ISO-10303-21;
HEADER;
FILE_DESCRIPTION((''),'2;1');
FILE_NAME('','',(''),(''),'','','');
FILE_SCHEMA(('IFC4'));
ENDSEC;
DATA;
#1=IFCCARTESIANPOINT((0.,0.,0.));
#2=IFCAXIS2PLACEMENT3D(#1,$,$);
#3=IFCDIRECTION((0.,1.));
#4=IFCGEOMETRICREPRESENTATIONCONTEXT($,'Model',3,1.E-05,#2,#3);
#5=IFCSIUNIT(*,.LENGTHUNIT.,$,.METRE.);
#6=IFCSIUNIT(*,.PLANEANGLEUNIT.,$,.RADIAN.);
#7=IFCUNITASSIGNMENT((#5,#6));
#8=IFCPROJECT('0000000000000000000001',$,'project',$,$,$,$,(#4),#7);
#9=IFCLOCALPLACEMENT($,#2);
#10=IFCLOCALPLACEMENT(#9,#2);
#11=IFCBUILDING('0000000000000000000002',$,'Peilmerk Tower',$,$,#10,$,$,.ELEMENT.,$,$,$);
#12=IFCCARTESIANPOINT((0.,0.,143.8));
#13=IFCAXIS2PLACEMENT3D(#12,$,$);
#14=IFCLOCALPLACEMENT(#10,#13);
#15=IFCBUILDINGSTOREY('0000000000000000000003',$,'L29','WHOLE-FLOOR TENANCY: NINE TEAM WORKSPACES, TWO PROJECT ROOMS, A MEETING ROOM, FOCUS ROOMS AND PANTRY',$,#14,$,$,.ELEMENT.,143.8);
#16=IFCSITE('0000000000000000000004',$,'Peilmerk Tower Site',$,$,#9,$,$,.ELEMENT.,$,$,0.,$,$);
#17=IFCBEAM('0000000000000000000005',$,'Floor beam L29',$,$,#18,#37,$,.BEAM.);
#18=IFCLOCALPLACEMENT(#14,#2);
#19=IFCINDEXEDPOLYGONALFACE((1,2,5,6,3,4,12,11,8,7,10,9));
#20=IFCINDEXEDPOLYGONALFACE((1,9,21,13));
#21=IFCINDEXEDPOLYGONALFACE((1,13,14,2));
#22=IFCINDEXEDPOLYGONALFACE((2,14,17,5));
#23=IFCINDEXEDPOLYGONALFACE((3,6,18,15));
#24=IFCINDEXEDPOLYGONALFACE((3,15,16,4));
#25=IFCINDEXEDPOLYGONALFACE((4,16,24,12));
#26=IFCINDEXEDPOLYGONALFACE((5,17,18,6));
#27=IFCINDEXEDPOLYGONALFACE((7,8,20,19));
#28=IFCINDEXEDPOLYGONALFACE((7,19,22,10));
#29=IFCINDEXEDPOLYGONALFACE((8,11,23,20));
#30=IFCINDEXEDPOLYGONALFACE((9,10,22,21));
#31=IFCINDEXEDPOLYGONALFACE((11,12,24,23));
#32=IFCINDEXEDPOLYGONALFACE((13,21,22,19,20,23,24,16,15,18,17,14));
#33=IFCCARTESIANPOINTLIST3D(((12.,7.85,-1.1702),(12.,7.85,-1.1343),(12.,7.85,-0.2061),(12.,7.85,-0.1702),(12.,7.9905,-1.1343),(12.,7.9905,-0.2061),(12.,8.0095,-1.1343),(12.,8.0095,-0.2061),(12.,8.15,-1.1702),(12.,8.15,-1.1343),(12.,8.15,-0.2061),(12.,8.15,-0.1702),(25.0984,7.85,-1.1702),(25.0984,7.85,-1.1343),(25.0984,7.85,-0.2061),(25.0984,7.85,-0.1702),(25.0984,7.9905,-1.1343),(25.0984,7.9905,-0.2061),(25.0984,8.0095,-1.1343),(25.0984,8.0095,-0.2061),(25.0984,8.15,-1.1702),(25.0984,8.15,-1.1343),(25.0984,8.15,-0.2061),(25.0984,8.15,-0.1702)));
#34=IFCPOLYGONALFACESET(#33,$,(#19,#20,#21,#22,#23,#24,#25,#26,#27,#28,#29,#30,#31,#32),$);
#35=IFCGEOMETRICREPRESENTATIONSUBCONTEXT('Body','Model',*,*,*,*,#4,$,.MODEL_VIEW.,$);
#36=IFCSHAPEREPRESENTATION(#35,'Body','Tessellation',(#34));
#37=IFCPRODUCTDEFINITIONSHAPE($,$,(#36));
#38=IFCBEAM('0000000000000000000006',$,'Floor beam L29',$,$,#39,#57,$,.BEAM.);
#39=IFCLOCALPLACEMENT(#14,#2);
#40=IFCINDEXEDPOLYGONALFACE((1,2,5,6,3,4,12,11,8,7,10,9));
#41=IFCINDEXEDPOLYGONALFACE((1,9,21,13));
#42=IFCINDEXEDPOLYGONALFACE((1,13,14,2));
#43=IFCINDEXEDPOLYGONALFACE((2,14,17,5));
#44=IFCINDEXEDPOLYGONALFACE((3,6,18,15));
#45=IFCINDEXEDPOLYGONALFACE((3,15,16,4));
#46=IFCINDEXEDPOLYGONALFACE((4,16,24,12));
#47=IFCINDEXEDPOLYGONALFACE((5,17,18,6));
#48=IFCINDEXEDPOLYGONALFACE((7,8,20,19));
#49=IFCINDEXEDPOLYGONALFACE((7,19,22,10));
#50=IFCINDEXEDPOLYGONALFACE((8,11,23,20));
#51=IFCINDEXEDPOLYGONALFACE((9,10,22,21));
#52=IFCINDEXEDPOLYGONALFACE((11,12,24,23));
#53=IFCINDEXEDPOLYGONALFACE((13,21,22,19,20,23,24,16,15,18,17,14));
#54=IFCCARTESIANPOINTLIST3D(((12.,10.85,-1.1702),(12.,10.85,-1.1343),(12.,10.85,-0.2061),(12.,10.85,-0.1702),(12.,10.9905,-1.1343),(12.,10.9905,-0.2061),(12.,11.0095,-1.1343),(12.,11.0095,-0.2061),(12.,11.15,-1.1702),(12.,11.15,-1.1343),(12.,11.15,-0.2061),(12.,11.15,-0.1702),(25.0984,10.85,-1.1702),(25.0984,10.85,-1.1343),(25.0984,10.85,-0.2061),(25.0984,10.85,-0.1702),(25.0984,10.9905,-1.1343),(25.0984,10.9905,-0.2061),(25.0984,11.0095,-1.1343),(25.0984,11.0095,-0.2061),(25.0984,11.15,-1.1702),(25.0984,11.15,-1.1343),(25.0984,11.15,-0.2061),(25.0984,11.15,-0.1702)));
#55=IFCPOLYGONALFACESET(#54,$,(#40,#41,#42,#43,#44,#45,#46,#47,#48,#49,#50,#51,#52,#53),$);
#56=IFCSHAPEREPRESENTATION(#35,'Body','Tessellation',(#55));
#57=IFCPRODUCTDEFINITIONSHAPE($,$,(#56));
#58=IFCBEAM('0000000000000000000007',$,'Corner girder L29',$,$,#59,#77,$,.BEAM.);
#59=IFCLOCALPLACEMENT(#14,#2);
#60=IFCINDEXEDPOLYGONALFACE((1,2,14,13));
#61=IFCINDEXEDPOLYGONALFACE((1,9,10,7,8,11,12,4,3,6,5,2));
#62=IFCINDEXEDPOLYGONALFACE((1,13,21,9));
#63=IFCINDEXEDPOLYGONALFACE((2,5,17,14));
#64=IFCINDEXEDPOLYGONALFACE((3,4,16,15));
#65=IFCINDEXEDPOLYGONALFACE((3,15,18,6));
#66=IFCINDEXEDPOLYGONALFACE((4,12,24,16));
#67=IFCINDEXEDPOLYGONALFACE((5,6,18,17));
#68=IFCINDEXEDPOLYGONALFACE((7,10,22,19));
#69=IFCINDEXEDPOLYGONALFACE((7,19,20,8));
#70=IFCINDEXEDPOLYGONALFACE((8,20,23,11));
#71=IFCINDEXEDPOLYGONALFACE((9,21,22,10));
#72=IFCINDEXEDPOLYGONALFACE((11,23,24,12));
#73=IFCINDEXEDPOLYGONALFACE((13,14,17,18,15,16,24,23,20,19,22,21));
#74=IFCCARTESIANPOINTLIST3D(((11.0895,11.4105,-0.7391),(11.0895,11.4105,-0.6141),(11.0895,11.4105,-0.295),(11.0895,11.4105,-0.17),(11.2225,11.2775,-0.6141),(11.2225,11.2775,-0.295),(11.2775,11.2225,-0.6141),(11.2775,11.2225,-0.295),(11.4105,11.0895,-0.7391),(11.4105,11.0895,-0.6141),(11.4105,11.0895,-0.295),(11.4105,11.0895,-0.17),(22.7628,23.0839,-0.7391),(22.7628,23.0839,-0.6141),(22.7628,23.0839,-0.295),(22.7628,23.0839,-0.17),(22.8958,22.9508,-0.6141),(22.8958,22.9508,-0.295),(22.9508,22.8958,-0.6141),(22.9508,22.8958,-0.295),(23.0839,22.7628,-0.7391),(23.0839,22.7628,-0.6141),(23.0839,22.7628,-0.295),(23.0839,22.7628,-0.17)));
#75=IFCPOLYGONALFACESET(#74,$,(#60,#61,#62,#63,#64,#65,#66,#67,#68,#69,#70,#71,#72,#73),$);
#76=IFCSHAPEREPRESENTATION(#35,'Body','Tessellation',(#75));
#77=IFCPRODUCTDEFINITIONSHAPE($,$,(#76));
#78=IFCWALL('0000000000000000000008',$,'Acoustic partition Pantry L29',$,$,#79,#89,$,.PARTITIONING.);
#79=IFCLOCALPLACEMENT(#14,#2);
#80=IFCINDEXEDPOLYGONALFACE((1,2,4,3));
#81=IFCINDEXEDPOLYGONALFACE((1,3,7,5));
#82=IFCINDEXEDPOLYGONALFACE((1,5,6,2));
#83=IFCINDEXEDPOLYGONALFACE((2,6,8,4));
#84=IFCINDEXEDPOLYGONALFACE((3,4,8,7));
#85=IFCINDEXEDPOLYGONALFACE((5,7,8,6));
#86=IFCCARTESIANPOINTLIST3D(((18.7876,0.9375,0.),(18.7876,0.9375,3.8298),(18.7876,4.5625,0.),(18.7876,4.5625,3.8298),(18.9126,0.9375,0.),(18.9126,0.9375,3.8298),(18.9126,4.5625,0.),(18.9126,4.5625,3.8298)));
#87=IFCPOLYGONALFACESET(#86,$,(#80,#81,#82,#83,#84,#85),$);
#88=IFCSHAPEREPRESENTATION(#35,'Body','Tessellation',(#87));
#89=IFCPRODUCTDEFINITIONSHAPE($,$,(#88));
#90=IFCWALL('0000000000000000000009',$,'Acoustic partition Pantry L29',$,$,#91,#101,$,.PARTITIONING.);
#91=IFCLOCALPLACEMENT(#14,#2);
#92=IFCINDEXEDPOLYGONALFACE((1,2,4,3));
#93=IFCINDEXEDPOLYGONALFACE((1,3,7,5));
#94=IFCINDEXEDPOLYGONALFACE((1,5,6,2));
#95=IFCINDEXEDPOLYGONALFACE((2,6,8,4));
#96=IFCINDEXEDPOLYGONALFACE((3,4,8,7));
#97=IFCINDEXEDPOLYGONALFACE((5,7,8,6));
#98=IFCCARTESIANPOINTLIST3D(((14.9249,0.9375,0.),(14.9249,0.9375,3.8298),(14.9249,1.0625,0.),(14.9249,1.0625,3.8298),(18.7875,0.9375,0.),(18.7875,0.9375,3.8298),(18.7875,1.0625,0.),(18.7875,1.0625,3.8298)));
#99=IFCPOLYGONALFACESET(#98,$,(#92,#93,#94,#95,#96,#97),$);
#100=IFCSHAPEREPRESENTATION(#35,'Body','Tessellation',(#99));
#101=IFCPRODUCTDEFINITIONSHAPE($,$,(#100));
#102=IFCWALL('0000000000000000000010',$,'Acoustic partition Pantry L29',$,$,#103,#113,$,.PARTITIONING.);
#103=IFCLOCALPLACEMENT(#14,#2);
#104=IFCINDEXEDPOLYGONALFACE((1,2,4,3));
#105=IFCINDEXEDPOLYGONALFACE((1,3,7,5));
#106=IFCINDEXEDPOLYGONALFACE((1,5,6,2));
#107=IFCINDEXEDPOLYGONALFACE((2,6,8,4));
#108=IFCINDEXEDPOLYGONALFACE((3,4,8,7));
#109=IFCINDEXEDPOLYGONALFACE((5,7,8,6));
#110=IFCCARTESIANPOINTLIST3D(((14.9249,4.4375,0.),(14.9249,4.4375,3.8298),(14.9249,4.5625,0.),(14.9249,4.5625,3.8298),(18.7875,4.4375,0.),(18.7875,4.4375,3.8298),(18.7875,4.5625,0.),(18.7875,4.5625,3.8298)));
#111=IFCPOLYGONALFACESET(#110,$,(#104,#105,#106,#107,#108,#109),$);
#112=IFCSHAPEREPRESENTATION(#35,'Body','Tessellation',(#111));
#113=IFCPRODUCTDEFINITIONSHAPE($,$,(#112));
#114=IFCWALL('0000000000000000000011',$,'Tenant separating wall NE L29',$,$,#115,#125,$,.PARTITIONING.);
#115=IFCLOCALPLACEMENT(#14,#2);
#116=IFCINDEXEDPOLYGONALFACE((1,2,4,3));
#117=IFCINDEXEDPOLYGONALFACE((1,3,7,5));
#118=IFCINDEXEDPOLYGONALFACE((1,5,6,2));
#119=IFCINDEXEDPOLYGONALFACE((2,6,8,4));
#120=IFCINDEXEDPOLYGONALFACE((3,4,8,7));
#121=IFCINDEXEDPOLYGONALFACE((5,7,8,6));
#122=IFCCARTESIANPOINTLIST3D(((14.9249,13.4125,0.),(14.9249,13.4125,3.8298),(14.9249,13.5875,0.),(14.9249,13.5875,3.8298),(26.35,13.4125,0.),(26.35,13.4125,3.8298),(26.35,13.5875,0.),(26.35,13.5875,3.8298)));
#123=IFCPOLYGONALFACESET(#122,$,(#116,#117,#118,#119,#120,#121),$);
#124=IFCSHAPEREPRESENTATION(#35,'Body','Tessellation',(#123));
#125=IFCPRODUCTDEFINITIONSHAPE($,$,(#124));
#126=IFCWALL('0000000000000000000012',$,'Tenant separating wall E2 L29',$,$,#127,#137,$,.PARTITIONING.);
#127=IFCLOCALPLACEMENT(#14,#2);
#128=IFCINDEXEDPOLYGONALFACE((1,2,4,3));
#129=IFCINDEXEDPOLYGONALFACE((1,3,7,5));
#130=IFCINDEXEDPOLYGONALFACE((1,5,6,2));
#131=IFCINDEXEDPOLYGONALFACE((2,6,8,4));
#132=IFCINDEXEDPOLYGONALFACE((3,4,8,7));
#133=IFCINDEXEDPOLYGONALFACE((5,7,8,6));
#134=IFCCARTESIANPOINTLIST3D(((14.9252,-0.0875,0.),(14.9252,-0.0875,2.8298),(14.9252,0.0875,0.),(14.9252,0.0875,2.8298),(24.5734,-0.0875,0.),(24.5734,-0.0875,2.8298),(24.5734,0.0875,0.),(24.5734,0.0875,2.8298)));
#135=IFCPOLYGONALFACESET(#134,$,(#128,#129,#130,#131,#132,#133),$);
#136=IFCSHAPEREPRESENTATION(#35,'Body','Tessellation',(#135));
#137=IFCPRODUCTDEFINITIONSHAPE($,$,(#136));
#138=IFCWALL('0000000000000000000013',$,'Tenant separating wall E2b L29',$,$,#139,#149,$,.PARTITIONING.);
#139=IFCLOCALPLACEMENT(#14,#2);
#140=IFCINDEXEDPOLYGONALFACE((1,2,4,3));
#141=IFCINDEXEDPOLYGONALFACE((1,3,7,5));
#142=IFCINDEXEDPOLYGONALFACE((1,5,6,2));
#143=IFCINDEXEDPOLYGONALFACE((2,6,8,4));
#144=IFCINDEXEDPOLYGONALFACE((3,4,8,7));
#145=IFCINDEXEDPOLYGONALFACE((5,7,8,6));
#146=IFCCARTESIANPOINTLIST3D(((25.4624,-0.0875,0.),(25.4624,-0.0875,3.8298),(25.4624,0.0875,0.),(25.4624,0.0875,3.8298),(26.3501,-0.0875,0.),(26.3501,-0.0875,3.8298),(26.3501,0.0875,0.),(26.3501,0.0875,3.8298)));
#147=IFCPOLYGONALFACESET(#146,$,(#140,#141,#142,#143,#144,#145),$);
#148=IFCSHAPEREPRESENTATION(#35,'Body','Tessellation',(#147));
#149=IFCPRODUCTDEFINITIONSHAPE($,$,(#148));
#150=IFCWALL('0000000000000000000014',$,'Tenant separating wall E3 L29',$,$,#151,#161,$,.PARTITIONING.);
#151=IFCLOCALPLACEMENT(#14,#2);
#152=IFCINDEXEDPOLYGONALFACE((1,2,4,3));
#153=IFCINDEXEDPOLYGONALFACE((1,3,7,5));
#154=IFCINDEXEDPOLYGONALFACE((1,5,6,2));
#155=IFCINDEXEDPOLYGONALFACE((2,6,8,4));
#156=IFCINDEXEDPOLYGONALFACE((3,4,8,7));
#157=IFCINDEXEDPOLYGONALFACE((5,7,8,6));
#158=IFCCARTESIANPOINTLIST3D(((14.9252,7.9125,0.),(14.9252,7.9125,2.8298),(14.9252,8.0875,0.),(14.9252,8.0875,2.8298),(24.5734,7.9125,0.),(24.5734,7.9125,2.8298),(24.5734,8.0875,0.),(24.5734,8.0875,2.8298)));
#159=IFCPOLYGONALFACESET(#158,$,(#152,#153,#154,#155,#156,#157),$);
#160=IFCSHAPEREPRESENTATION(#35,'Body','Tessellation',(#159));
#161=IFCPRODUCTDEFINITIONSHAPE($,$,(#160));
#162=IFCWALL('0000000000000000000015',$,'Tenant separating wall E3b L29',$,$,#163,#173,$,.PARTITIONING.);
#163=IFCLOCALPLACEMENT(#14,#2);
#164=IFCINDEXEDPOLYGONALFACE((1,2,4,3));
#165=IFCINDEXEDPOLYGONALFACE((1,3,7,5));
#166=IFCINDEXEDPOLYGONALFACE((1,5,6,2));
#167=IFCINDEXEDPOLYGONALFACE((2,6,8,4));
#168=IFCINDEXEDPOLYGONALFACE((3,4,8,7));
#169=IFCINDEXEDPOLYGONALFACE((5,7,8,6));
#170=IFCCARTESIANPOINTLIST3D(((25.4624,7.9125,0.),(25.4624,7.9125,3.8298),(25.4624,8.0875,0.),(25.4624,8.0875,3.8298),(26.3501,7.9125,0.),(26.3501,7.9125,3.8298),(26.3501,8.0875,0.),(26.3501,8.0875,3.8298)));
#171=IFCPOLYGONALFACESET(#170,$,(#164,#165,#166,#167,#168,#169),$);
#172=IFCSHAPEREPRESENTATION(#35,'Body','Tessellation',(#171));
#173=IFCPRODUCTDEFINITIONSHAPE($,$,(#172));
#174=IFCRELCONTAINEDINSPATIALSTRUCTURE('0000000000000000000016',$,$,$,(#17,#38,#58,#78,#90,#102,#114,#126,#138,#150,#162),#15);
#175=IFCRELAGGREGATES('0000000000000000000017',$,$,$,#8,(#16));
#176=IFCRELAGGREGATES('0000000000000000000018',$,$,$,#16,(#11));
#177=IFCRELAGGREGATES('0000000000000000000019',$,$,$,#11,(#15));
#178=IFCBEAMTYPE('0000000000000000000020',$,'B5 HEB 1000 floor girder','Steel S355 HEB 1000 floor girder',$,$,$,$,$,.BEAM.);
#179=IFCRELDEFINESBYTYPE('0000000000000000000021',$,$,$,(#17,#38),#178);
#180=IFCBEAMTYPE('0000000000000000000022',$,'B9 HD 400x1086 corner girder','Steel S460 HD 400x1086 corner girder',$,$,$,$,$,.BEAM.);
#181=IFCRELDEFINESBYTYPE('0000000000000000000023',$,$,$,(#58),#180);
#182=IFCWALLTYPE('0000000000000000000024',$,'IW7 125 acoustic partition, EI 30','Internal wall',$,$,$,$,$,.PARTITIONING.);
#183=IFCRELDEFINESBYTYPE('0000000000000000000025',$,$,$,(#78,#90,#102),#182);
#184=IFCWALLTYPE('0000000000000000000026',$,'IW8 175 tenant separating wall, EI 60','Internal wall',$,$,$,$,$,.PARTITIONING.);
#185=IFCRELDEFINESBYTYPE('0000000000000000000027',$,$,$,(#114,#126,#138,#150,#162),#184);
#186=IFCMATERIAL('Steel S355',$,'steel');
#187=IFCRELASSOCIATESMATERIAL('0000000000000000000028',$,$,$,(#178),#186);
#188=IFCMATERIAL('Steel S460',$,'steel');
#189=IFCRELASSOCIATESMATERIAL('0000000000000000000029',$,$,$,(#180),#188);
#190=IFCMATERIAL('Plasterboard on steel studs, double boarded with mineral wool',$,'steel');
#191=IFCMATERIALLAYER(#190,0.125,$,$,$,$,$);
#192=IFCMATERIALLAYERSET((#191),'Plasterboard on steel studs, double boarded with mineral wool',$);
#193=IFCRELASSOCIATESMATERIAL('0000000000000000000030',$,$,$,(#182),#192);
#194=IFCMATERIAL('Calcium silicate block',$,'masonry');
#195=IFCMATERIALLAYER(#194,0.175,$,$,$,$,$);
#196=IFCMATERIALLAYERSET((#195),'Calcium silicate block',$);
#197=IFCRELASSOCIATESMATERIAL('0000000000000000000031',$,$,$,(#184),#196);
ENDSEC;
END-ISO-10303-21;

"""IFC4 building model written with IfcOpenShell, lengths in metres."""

from ifc_helpers import new_model, si_unit, direction, frame, frame_2d, origin, origin_2d, place, context, subcontext, project, spatial, rectangle, i_section, extrude, material, layer, layer_set, material_profile, profile_set, type_object, element, save


model = new_model("IFC4")

# Units and contexts
model_context = context("Model", 3, precision=1e-05, world=origin(), true_north=direction((0.0, 1.0)))
body_context = subcontext(model_context, "Body", "Model", "MODEL_VIEW")
ifc_project = project(units=[si_unit("LENGTHUNIT", "METRE"), si_unit("PLANEANGLEUNIT", "RADIAN")], contexts=[model_context])

# Site, building, storey
site_placement = place(None, origin())
site = spatial("IfcSite", under=ifc_project, at=site_placement, Name="Peilmerk Tower Site", CompositionType="ELEMENT", RefElevation=0.0)
building_placement = place(site_placement, origin())
building = spatial("IfcBuilding", under=site, at=building_placement, Name="Peilmerk Tower", CompositionType="ELEMENT")
storey_placement = place(building_placement, frame((0.0, 0.0, 143.8)))
storey = spatial("IfcBuildingStorey", under=building, at=storey_placement, Name="L29", Description="WHOLE-FLOOR TENANCY: NINE TEAM WORKSPACES, TWO PROJECT ROOMS, A MEETING ROOM, FOCUS ROOMS AND PANTRY", CompositionType="ELEMENT", Elevation=143.8)

# Shared definitions
ifc_material_1 = material(Name="Steel S460", Category="steel")

# Beams
ifc_material_2 = material(Name="Steel S355", Category="steel")
ifc_material_profile_1 = material_profile(ifc_material_2, i_section(OverallWidth=0.3, OverallDepth=1.0, WebThickness=0.019, FlangeThickness=0.0359, at=origin_2d()), Name="HEB 1000")
ifc_profile_set_1 = profile_set([ifc_material_profile_1], Name="Steel S355")
beam_type_1 = type_object("IfcBeamType", Name="B5 HEB 1000 floor girder", Description="Steel S355 HEB 1000 floor girder", PredefinedType="BEAM", material=ifc_profile_set_1)
for number, where, z_axis, x_axis, name in (
    (1, (12.0, 8.0, -0.6702), (1.0, 0.0, 0.0), (0.0, 1.0, 0.0), "Floor beam L29"),
    (2, (12.0, 11.0, -0.6702), (1.0, 0.0, 0.0), (0.0, 1.0, 0.0), "Floor beam L29"),
):
    element("IfcBeam", number, at=place(storey_placement, frame(where, z_axis=z_axis, x_axis=x_axis)), inside=storey, type_object=beam_type_1, Name=name, PredefinedType="BEAM", context=body_context, shape_type="SweptSolid", body=[
        extrude(i_section(OverallWidth=0.3, OverallDepth=1.0, WebThickness=0.019, FlangeThickness=0.0359, at=origin_2d()), origin(), (0.0, 0.0, 1.0), 13.0984),
    ])
ifc_material_profile_2 = material_profile(ifc_material_1, i_section(OverallWidth=0.4541, OverallDepth=0.5691, WebThickness=0.0779, FlangeThickness=0.125, at=origin_2d()), Name="HD 400x1086")
ifc_profile_set_2 = profile_set([ifc_material_profile_2], Name="Steel S460")
beam_type_2 = type_object("IfcBeamType", Name="B9 HD 400x1086 corner girder", Description="Steel S460 HD 400x1086 corner girder", PredefinedType="BEAM", material=ifc_profile_set_2)
beam_1_placement = place(storey_placement, frame((11.25, 11.25, -0.4546), z_axis=(0.707107, 0.707107, 0.0), x_axis=(-0.707107, 0.707107, 0.0)))
element("IfcBeam", 3, at=beam_1_placement, inside=storey, type_object=beam_type_2, Name="Corner girder L29", PredefinedType="BEAM", context=body_context, shape_type="SweptSolid", body=[
    extrude(i_section(OverallWidth=0.4541, OverallDepth=0.5691, WebThickness=0.0779, FlangeThickness=0.125, at=origin_2d()), origin(), (0.0, 0.0, 1.0), 16.5085),
])

# Walls
ifc_material_3 = material(Name="Plasterboard on steel studs, double boarded with mineral wool", Category="steel")
ifc_layer_1 = layer(ifc_material_3, 0.125)
ifc_layer_set_1 = layer_set([ifc_layer_1], Name="Plasterboard on steel studs, double boarded with mineral wool")
wall_type_1 = type_object("IfcWallType", Name="IW7 125 acoustic partition, EI 30", Description="Internal wall", PredefinedType="PARTITIONING", material=ifc_layer_set_1)
wall_1_placement = place(storey_placement, frame((18.8501, 0.9375, 0.0), z_axis=(0.0, 0.0, 1.0), x_axis=(0.0, 1.0, 0.0)))
element("IfcWall", 4, at=wall_1_placement, inside=storey, type_object=wall_type_1, Name="Acoustic partition Pantry L29", PredefinedType="PARTITIONING", context=body_context, shape_type="SweptSolid", body=[
    extrude(rectangle(XDim=3.625, YDim=0.125, at=frame_2d((1.8125, 0.0))), origin(), (0.0, 0.0, 1.0), 3.8298),
])
for number, where, z_axis, x_axis, name in (
    (5, (14.925, 1.0, 0.0), (0.0, 0.0, 1.0), (1.0, 0.0, 0.0), "Acoustic partition Pantry L29"),
    (6, (14.925, 4.5, 0.0), (0.0, 0.0, 1.0), (1.0, 0.0, 0.0), "Acoustic partition Pantry L29"),
):
    element("IfcWall", number, at=place(storey_placement, frame(where, z_axis=z_axis, x_axis=x_axis)), inside=storey, type_object=wall_type_1, Name=name, PredefinedType="PARTITIONING", context=body_context, shape_type="SweptSolid", body=[
        extrude(rectangle(XDim=3.8625, YDim=0.125, at=frame_2d((1.9312, 0.0))), origin(), (0.0, 0.0, 1.0), 3.8298),
    ])
ifc_material_4 = material(Name="Calcium silicate block", Category="masonry")
ifc_layer_2 = layer(ifc_material_4, 0.175)
ifc_layer_set_2 = layer_set([ifc_layer_2], Name="Calcium silicate block")
wall_type_2 = type_object("IfcWallType", Name="IW8 175 tenant separating wall, EI 60", Description="Internal wall", PredefinedType="PARTITIONING", material=ifc_layer_set_2)
wall_2_placement = place(storey_placement, frame((14.925, 13.5, 0.0), z_axis=(0.0, 0.0, 1.0), x_axis=(1.0, 0.0, 0.0)))
element("IfcWall", 7, at=wall_2_placement, inside=storey, type_object=wall_type_2, Name="Tenant separating wall NE L29", PredefinedType="PARTITIONING", context=body_context, shape_type="SweptSolid", body=[
    extrude(rectangle(XDim=11.425, YDim=0.175, at=frame_2d((5.7124, 0.0))), origin(), (0.0, 0.0, 1.0), 3.8298),
])
wall_3_placement = place(storey_placement, frame((14.925, 0.0, 0.0), z_axis=(0.0, 0.0, 1.0), x_axis=(1.0, 0.0, 0.0)))
element("IfcWall", 8, at=wall_3_placement, inside=storey, type_object=wall_type_2, Name="Tenant separating wall E2 L29", PredefinedType="PARTITIONING", context=body_context, shape_type="SweptSolid", body=[
    extrude(rectangle(XDim=9.6482, YDim=0.175, at=frame_2d((4.8242, 0.0))), origin(), (0.0, 0.0, 1.0), 2.8298),
])
wall_4_placement = place(storey_placement, frame((25.4624, 0.0, 0.0), z_axis=(0.0, 0.0, 1.0), x_axis=(1.0, 0.0, 0.0)))
element("IfcWall", 9, at=wall_4_placement, inside=storey, type_object=wall_type_2, Name="Tenant separating wall E2b L29", PredefinedType="PARTITIONING", context=body_context, shape_type="SweptSolid", body=[
    extrude(rectangle(XDim=0.8877, YDim=0.175, at=frame_2d((0.4438, 0.0))), origin(), (0.0, 0.0, 1.0), 3.8298),
])
wall_5_placement = place(storey_placement, frame((14.925, 8.0, 0.0), z_axis=(0.0, 0.0, 1.0), x_axis=(1.0, 0.0, 0.0)))
element("IfcWall", 10, at=wall_5_placement, inside=storey, type_object=wall_type_2, Name="Tenant separating wall E3 L29", PredefinedType="PARTITIONING", context=body_context, shape_type="SweptSolid", body=[
    extrude(rectangle(XDim=9.6482, YDim=0.175, at=frame_2d((4.8242, 0.0))), origin(), (0.0, 0.0, 1.0), 2.8298),
])
wall_6_placement = place(storey_placement, frame((25.4624, 8.0, 0.0), z_axis=(0.0, 0.0, 1.0), x_axis=(1.0, 0.0, 0.0)))
element("IfcWall", 11, at=wall_6_placement, inside=storey, type_object=wall_type_2, Name="Tenant separating wall E3b L29", PredefinedType="PARTITIONING", context=body_context, shape_type="SweptSolid", body=[
    extrude(rectangle(XDim=0.8877, YDim=0.175, at=frame_2d((0.4438, 0.0))), origin(), (0.0, 0.0, 1.0), 3.8298),
])

save(model, "model.ifc")
